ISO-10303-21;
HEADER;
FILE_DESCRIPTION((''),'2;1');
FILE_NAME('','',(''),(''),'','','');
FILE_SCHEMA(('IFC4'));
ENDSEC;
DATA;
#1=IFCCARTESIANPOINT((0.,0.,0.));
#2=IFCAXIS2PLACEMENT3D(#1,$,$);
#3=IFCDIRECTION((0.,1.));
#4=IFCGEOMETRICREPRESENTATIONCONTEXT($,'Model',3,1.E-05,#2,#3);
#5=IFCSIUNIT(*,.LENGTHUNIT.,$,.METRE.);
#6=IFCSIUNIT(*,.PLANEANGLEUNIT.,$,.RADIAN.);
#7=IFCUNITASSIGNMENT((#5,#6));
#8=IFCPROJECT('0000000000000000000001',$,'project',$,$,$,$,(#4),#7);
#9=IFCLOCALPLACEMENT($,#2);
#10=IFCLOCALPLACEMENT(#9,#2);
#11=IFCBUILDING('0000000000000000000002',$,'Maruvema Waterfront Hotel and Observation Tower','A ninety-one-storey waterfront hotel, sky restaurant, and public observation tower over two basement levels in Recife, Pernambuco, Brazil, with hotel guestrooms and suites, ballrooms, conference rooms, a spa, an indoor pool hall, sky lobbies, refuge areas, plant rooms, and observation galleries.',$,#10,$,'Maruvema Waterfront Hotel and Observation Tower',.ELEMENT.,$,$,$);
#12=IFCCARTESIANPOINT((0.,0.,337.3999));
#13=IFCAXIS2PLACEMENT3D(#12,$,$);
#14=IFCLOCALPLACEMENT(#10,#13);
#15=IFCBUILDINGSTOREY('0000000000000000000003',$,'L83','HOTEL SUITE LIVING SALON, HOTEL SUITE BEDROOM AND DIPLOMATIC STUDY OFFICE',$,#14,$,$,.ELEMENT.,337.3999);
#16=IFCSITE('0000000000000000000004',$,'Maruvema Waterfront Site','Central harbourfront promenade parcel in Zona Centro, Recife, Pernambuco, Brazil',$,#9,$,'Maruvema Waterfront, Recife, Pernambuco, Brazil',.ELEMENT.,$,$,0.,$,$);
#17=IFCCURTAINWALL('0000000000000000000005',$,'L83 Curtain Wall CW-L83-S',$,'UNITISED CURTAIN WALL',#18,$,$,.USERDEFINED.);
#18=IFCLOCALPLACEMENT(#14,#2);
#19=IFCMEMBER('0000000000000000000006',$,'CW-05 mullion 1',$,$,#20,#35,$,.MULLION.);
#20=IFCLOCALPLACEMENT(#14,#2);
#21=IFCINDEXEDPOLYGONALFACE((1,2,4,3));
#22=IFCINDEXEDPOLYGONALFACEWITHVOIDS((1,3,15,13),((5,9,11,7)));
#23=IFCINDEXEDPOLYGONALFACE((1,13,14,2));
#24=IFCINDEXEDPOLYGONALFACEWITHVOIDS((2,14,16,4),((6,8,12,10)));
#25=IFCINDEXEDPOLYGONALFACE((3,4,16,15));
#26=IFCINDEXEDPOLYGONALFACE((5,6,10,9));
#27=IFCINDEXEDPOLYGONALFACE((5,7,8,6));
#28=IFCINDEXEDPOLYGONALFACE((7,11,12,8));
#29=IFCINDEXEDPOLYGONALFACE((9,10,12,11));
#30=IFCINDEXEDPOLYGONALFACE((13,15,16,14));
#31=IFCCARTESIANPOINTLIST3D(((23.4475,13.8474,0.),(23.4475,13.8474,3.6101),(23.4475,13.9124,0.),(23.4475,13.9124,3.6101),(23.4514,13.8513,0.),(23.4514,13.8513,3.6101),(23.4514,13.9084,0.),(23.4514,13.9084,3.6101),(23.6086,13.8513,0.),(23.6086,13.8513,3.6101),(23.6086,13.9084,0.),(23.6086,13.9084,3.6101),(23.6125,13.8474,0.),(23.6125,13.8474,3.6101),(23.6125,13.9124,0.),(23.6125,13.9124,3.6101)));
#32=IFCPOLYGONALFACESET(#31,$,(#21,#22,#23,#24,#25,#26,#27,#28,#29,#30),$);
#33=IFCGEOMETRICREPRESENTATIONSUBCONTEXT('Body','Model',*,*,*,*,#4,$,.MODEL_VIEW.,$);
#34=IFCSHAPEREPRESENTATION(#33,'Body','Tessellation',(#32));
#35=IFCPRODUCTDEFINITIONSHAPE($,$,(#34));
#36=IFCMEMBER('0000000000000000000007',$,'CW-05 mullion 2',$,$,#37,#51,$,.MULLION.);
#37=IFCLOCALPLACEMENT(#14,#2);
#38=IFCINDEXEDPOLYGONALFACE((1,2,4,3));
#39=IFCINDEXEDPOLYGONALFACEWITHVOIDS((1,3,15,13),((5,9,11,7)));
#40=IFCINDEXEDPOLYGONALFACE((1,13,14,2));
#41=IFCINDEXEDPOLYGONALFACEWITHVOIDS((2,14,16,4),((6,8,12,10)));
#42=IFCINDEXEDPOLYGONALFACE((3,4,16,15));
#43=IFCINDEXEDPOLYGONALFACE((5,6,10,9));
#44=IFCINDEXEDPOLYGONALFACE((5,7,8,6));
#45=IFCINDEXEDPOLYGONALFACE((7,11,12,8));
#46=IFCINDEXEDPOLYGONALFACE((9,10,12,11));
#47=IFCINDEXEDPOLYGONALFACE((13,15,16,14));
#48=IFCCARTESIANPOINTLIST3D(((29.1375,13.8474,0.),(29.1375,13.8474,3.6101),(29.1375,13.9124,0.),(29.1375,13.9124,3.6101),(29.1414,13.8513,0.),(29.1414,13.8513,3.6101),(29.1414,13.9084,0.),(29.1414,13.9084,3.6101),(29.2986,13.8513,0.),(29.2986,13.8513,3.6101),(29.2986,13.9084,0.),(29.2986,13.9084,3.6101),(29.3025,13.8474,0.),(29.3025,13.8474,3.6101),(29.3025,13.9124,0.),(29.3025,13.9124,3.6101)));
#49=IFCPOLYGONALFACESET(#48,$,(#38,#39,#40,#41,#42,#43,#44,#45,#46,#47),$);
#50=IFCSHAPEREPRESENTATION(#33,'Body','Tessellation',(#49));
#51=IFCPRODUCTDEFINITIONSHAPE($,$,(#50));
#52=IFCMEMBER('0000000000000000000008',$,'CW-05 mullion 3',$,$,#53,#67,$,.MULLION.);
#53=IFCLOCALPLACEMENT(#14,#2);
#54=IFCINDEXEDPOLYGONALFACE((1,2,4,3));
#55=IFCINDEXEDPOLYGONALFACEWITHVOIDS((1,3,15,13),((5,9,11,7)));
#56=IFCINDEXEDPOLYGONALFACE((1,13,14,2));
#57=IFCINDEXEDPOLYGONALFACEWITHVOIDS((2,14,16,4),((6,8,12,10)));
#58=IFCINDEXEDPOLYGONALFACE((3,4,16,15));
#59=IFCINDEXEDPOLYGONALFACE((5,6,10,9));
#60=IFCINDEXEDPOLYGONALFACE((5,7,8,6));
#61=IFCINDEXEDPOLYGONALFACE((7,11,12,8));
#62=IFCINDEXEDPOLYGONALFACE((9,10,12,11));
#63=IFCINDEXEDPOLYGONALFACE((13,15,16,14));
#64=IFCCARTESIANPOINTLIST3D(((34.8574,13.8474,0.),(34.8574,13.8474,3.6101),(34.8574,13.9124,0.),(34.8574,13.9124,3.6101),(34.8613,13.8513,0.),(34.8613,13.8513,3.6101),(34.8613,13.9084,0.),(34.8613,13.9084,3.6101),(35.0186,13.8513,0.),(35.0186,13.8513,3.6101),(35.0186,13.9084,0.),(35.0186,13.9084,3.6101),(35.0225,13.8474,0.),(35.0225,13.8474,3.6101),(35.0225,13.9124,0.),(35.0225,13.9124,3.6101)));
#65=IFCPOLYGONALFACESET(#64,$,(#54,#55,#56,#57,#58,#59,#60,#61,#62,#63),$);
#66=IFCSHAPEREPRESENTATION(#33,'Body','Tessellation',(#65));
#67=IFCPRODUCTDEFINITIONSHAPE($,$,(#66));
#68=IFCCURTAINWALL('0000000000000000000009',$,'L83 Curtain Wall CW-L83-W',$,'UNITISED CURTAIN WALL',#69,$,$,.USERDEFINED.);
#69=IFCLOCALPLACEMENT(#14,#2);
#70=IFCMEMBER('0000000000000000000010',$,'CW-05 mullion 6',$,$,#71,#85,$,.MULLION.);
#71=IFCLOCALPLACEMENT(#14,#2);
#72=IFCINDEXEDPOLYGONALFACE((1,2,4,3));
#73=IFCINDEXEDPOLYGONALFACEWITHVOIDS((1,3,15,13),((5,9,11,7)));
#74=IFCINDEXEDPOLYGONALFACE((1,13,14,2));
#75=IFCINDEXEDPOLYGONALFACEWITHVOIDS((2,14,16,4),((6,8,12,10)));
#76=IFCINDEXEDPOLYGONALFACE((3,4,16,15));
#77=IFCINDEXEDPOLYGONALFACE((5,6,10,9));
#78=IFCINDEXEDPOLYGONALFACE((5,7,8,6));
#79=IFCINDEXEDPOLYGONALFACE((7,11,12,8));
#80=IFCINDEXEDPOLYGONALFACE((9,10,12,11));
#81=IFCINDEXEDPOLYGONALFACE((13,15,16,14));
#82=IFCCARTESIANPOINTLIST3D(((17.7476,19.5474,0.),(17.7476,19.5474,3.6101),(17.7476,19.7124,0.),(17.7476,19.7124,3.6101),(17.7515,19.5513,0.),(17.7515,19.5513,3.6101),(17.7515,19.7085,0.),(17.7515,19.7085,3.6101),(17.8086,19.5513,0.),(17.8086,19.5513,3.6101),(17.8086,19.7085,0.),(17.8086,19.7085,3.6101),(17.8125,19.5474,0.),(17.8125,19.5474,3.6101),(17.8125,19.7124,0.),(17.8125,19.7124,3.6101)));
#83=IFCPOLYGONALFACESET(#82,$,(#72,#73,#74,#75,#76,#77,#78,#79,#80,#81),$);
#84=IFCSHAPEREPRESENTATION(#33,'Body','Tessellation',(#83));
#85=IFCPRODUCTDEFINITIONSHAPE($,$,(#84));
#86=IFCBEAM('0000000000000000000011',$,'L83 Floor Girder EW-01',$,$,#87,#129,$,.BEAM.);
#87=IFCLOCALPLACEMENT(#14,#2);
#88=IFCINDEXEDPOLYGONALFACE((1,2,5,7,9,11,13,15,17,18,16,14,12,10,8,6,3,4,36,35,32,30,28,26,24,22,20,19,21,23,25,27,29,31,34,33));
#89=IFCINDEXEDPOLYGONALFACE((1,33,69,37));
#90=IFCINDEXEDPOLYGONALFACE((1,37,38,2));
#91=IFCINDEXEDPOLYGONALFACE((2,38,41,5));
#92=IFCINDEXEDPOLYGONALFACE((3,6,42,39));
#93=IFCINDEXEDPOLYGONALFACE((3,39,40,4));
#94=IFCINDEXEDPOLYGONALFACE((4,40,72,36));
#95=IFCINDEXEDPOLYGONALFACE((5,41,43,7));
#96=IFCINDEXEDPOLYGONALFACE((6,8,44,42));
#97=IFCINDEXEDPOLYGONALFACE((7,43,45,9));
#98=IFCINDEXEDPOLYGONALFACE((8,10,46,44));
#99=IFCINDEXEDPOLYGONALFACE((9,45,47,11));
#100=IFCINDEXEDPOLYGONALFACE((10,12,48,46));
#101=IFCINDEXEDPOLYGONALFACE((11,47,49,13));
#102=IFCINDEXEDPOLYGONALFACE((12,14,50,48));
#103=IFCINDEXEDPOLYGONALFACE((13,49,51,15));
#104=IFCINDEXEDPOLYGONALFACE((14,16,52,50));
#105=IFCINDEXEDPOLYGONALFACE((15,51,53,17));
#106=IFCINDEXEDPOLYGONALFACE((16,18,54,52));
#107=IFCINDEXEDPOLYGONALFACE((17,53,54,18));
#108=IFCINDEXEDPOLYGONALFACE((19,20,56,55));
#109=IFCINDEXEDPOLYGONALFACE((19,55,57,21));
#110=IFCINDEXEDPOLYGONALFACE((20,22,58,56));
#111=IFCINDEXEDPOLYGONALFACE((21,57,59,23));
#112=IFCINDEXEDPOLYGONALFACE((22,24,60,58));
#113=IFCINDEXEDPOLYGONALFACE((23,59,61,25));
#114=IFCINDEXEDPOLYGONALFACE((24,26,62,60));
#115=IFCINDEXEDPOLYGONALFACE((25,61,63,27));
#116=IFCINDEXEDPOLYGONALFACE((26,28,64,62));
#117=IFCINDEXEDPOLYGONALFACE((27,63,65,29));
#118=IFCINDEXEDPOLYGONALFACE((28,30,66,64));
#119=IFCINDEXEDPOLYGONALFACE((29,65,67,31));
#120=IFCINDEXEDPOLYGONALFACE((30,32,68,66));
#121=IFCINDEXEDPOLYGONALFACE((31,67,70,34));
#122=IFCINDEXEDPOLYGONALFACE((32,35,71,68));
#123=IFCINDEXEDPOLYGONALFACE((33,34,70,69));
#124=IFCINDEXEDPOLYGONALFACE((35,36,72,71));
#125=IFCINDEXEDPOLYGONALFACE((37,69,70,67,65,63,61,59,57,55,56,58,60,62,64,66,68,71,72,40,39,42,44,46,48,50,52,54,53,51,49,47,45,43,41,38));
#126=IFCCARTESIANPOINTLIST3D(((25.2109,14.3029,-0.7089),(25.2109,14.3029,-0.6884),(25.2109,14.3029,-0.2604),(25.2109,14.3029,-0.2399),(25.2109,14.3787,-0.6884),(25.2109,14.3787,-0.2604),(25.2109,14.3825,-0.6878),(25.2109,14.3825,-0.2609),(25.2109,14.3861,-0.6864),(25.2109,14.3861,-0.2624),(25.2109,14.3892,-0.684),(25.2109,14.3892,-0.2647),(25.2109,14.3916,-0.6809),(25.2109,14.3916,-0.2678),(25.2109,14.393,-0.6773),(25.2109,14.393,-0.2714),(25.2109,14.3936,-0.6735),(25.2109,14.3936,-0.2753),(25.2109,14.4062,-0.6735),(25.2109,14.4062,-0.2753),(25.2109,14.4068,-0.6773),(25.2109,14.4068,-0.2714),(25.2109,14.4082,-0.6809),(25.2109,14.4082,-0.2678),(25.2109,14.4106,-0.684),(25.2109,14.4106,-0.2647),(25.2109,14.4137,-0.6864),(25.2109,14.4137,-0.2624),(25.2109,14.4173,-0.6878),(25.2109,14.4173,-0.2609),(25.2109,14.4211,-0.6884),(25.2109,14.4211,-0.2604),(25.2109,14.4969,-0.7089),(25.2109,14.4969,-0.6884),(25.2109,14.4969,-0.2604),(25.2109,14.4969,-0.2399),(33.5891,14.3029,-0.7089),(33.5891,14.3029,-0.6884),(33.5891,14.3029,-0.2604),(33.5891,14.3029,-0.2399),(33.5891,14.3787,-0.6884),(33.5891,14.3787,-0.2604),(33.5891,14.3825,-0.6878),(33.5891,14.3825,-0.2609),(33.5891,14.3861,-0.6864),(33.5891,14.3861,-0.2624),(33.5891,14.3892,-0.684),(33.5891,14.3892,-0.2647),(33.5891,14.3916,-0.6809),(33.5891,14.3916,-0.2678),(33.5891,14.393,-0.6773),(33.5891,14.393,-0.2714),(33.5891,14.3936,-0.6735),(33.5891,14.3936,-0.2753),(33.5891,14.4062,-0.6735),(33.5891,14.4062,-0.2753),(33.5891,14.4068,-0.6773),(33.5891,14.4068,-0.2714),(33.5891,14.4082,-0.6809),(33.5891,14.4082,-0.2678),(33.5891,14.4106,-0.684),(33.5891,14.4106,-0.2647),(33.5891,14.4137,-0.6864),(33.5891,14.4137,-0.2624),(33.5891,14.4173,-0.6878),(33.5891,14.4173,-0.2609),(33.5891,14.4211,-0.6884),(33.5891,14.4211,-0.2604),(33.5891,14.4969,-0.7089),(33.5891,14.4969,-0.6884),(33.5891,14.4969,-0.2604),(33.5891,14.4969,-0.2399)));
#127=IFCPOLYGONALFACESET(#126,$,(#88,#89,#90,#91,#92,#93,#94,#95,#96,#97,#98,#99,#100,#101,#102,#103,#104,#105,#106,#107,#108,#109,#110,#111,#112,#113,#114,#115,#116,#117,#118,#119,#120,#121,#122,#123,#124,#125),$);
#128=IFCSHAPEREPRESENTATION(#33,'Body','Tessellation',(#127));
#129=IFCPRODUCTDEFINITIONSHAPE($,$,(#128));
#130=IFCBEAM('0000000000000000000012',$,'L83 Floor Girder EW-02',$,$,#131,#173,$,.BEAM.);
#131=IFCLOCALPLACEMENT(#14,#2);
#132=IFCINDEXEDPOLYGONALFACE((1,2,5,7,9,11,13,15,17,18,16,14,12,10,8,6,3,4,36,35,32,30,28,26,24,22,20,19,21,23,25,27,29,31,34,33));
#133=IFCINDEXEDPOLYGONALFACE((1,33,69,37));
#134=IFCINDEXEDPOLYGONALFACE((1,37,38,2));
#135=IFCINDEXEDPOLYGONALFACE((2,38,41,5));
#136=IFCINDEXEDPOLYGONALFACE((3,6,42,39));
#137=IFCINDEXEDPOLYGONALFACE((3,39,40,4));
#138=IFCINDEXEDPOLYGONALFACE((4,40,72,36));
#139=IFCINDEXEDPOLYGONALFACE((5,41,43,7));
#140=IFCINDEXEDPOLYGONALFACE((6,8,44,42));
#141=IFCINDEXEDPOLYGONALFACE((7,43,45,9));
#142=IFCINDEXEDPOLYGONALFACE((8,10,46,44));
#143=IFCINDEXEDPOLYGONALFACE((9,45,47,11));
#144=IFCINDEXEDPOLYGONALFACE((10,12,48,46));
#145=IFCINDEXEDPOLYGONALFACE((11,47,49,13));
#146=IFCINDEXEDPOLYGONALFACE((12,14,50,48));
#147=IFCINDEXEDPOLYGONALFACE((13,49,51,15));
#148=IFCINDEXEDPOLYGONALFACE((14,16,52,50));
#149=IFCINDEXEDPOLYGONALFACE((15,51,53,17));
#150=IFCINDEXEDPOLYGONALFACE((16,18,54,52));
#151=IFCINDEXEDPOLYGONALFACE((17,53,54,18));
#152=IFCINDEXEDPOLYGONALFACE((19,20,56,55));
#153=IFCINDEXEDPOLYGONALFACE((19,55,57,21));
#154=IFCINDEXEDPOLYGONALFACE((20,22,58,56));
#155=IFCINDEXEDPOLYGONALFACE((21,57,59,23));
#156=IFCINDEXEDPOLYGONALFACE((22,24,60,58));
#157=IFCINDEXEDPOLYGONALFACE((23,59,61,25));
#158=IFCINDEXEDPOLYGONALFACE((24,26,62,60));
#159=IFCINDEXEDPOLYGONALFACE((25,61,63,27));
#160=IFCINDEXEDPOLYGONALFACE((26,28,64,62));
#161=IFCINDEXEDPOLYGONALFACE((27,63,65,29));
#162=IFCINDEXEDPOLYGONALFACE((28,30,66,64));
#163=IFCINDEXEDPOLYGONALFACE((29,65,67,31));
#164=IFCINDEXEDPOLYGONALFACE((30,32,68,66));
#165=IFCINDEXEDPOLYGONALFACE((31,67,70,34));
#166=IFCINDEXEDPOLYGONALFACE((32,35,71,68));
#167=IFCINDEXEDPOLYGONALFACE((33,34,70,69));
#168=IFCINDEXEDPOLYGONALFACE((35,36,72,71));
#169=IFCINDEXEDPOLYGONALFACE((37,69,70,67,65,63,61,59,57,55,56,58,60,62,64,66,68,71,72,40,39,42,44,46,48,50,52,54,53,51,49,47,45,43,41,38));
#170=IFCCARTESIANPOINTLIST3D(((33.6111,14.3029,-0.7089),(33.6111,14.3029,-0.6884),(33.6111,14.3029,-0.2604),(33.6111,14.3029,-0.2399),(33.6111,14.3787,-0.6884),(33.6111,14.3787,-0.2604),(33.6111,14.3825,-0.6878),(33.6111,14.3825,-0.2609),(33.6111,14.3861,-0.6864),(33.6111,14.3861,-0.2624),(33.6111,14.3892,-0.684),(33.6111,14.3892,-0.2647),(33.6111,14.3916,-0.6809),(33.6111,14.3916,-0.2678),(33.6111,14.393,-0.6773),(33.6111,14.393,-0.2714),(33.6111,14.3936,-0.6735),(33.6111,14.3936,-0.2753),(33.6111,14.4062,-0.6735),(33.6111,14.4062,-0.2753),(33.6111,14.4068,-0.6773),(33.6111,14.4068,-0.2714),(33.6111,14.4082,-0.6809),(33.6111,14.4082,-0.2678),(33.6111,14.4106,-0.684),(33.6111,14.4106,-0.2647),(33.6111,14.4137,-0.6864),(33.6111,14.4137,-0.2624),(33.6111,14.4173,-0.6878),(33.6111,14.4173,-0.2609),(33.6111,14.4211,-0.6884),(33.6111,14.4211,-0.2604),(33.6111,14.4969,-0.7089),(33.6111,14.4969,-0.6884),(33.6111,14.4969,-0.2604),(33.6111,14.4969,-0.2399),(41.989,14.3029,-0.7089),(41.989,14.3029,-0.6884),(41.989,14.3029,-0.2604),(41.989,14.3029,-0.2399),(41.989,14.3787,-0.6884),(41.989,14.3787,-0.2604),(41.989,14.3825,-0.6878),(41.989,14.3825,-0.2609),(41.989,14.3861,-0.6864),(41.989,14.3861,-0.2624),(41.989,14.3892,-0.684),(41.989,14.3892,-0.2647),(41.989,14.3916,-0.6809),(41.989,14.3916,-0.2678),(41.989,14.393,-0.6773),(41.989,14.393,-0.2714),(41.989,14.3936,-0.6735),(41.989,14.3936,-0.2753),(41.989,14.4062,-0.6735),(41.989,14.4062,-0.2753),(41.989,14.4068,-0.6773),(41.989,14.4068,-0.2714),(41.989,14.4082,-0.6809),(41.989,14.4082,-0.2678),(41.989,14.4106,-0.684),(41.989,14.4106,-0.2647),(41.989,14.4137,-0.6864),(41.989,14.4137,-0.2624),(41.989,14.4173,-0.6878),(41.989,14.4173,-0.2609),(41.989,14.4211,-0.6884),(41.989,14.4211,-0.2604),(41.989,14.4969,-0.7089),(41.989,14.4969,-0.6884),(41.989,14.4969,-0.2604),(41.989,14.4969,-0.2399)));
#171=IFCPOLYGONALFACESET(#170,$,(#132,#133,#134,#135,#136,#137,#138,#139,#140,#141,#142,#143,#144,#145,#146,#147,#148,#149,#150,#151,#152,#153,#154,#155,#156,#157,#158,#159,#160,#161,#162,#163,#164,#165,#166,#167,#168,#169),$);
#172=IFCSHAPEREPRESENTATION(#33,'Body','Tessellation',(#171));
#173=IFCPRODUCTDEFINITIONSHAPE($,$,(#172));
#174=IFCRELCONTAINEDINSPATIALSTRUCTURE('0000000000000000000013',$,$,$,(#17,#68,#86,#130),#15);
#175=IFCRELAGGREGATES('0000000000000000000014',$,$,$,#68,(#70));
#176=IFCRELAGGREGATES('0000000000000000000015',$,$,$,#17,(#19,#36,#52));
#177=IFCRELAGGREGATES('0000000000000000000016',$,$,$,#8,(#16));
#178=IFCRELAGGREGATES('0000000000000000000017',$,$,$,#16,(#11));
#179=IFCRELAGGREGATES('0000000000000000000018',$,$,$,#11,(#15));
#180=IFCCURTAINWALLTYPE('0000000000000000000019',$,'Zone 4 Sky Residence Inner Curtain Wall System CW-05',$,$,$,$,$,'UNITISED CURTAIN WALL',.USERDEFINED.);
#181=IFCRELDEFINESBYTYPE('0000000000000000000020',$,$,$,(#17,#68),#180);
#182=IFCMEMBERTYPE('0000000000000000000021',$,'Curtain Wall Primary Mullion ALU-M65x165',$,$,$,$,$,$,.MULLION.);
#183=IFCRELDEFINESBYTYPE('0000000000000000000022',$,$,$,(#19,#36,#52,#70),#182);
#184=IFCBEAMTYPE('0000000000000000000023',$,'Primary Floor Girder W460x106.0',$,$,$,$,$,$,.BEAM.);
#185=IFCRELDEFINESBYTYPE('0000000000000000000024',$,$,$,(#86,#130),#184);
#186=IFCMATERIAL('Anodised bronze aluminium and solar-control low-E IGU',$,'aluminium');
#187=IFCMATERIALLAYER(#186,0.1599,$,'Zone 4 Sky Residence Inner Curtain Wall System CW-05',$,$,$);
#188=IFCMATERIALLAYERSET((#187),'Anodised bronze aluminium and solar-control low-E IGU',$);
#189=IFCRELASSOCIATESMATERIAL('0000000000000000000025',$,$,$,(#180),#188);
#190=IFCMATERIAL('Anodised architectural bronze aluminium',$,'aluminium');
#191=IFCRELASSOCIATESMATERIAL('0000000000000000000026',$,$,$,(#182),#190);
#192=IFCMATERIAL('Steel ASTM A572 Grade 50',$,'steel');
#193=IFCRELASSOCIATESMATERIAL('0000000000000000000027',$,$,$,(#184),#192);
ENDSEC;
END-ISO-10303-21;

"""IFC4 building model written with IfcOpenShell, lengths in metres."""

from ifc_helpers import new_model, si_unit, direction, frame, origin, origin_2d, place, context, subcontext, project, spatial, hollow_rectangle, i_section, extrude, material, layer, layer_set, material_profile, profile_set, type_object, element, aggregate, save


model = new_model("IFC4")

# Units and contexts
model_context = context("Model", 3, precision=1e-05, world=origin(), true_north=direction((0.0, 1.0)))
body_context = subcontext(model_context, "Body", "Model", "MODEL_VIEW")
ifc_project = project(units=[si_unit("LENGTHUNIT", "METRE"), si_unit("PLANEANGLEUNIT", "RADIAN")], contexts=[model_context])

# Site, building, storey
site_placement = place(None, origin())
site = spatial("IfcSite", under=ifc_project, at=site_placement, Name="Maruvema Waterfront Site", Description="Central harbourfront promenade parcel in Zona Centro, Recife, Pernambuco, Brazil", LongName="Maruvema Waterfront, Recife, Pernambuco, Brazil", CompositionType="ELEMENT", RefElevation=0.0)
building_placement = place(site_placement, origin())
building = spatial("IfcBuilding", under=site, at=building_placement, Name="Maruvema Waterfront Hotel and Observation Tower", Description="A ninety-one-storey waterfront hotel, sky restaurant, and public observation tower over two basement levels in Recife, Pernambuco, Brazil, with hotel guestrooms and suites, ballrooms, conference rooms, a spa, an indoor pool hall, sky lobbies, refuge areas, plant rooms, and observation galleries.", LongName="Maruvema Waterfront Hotel and Observation Tower", CompositionType="ELEMENT")
storey_placement = place(building_placement, frame((0.0, 0.0, 337.3999)))
storey = spatial("IfcBuildingStorey", under=building, at=storey_placement, Name="L83", Description="HOTEL SUITE LIVING SALON, HOTEL SUITE BEDROOM AND DIPLOMATIC STUDY OFFICE", CompositionType="ELEMENT", Elevation=337.3999)

# Curtain wall, members
ifc_material_1 = material(Name="Anodised bronze aluminium and solar-control low-E IGU", Category="aluminium")
ifc_layer_1 = layer(ifc_material_1, 0.1599, Name="Zone 4 Sky Residence Inner Curtain Wall System CW-05")
ifc_layer_set_1 = layer_set([ifc_layer_1], Name="Anodised bronze aluminium and solar-control low-E IGU")
curtain_wall_type = type_object("IfcCurtainWallType", Name="Zone 4 Sky Residence Inner Curtain Wall System CW-05", ElementType="UNITISED CURTAIN WALL", PredefinedType="USERDEFINED", material=ifc_layer_set_1)
curtain_wall_1_placement = place(storey_placement, origin())
curtain_wall_1 = element("IfcCurtainWall", 1, at=curtain_wall_1_placement, inside=storey, type_object=curtain_wall_type, Name="L83 Curtain Wall CW-L83-S", ObjectType="UNITISED CURTAIN WALL", PredefinedType="USERDEFINED")
ifc_material_2 = material(Name="Anodised architectural bronze aluminium", Category="aluminium")
ifc_material_profile_1 = material_profile(ifc_material_2, hollow_rectangle(XDim=0.0649, YDim=0.165, WallThickness=0.0039, at=origin_2d()), Name="ALU-M65x165")
ifc_profile_set_1 = profile_set([ifc_material_profile_1], Name="Anodised architectural bronze aluminium")
member_type_1 = type_object("IfcMemberType", Name="Curtain Wall Primary Mullion ALU-M65x165", PredefinedType="MULLION", material=ifc_profile_set_1)
member_1_placement = place(storey_placement, frame((23.53, 13.8799, 0.0), z_axis=(0.0, 0.0, 1.0), x_axis=(0.0, 1.0, 0.0)))
member_1 = element("IfcMember", 2, at=member_1_placement, type_object=member_type_1, Name="CW-05 mullion 1", PredefinedType="MULLION", context=body_context, shape_type="SweptSolid", body=[
    extrude(hollow_rectangle(XDim=0.0649, YDim=0.165, WallThickness=0.0039, at=origin_2d()), origin(), (0.0, 0.0, 1.0), 3.6101),
])
member_2_placement = place(storey_placement, frame((29.22, 13.8799, 0.0), z_axis=(0.0, 0.0, 1.0), x_axis=(0.0, 1.0, 0.0)))
member_2 = element("IfcMember", 3, at=member_2_placement, type_object=member_type_1, Name="CW-05 mullion 2", PredefinedType="MULLION", context=body_context, shape_type="SweptSolid", body=[
    extrude(hollow_rectangle(XDim=0.0649, YDim=0.165, WallThickness=0.0039, at=origin_2d()), origin(), (0.0, 0.0, 1.0), 3.6101),
])
member_3_placement = place(storey_placement, frame((34.9399, 13.8799, 0.0), z_axis=(0.0, 0.0, 1.0), x_axis=(0.0, 1.0, 0.0)))
member_3 = element("IfcMember", 4, at=member_3_placement, type_object=member_type_1, Name="CW-05 mullion 3", PredefinedType="MULLION", context=body_context, shape_type="SweptSolid", body=[
    extrude(hollow_rectangle(XDim=0.0649, YDim=0.165, WallThickness=0.0039, at=origin_2d()), origin(), (0.0, 0.0, 1.0), 3.6101),
])

# Curtain wall, member
curtain_wall_2_placement = place(storey_placement, origin())
curtain_wall_2 = element("IfcCurtainWall", 5, at=curtain_wall_2_placement, inside=storey, type_object=curtain_wall_type, Name="L83 Curtain Wall CW-L83-W", ObjectType="UNITISED CURTAIN WALL", PredefinedType="USERDEFINED")
member_4_placement = place(storey_placement, frame((17.78, 19.6299, 0.0), z_axis=(0.0, 0.0, 1.0), x_axis=(1.0, 0.0, 0.0)))
member_4 = element("IfcMember", 6, at=member_4_placement, type_object=member_type_1, Name="CW-05 mullion 6", PredefinedType="MULLION", context=body_context, shape_type="SweptSolid", body=[
    extrude(hollow_rectangle(XDim=0.0649, YDim=0.165, WallThickness=0.0039, at=origin_2d()), origin(), (0.0, 0.0, 1.0), 3.6101),
])
aggregate(curtain_wall_2, [member_4])

# Beams
ifc_material_3 = material(Name="Steel ASTM A572 Grade 50", Category="steel")
ifc_material_profile_2 = material_profile(ifc_material_3, i_section(OverallWidth=0.1941, OverallDepth=0.469, WebThickness=0.0127, FlangeThickness=0.0205, FilletRadius=0.0149, at=origin_2d()), Name="W460x106.0")
ifc_profile_set_2 = profile_set([ifc_material_profile_2], Name="Steel ASTM A572 Grade 50")
beam_type_1 = type_object("IfcBeamType", Name="Primary Floor Girder W460x106.0", PredefinedType="BEAM", material=ifc_profile_set_2)
beam_1_placement = place(storey_placement, frame((25.2109, 14.3999, -0.4744), z_axis=(1.0, 0.0, 0.0), x_axis=(0.0, 1.0, 0.0)))
element("IfcBeam", 7, at=beam_1_placement, inside=storey, type_object=beam_type_1, Name="L83 Floor Girder EW-01", PredefinedType="BEAM", context=body_context, shape_type="SweptSolid", body=[
    extrude(i_section(OverallWidth=0.1941, OverallDepth=0.469, WebThickness=0.0127, FlangeThickness=0.0205, FilletRadius=0.0149, at=origin_2d()), origin(), (0.0, 0.0, 1.0), 8.3782),
])
beam_2_placement = place(storey_placement, frame((33.6111, 14.3999, -0.4744), z_axis=(1.0, 0.0, 0.0), x_axis=(0.0, 1.0, 0.0)))
element("IfcBeam", 8, at=beam_2_placement, inside=storey, type_object=beam_type_1, Name="L83 Floor Girder EW-02", PredefinedType="BEAM", context=body_context, shape_type="SweptSolid", body=[
    extrude(i_section(OverallWidth=0.1941, OverallDepth=0.469, WebThickness=0.0127, FlangeThickness=0.0205, FilletRadius=0.0149, at=origin_2d()), origin(), (0.0, 0.0, 1.0), 8.3779),
])

aggregate(curtain_wall_1, [member_1, member_2, member_3])

save(model, "model.ifc")
